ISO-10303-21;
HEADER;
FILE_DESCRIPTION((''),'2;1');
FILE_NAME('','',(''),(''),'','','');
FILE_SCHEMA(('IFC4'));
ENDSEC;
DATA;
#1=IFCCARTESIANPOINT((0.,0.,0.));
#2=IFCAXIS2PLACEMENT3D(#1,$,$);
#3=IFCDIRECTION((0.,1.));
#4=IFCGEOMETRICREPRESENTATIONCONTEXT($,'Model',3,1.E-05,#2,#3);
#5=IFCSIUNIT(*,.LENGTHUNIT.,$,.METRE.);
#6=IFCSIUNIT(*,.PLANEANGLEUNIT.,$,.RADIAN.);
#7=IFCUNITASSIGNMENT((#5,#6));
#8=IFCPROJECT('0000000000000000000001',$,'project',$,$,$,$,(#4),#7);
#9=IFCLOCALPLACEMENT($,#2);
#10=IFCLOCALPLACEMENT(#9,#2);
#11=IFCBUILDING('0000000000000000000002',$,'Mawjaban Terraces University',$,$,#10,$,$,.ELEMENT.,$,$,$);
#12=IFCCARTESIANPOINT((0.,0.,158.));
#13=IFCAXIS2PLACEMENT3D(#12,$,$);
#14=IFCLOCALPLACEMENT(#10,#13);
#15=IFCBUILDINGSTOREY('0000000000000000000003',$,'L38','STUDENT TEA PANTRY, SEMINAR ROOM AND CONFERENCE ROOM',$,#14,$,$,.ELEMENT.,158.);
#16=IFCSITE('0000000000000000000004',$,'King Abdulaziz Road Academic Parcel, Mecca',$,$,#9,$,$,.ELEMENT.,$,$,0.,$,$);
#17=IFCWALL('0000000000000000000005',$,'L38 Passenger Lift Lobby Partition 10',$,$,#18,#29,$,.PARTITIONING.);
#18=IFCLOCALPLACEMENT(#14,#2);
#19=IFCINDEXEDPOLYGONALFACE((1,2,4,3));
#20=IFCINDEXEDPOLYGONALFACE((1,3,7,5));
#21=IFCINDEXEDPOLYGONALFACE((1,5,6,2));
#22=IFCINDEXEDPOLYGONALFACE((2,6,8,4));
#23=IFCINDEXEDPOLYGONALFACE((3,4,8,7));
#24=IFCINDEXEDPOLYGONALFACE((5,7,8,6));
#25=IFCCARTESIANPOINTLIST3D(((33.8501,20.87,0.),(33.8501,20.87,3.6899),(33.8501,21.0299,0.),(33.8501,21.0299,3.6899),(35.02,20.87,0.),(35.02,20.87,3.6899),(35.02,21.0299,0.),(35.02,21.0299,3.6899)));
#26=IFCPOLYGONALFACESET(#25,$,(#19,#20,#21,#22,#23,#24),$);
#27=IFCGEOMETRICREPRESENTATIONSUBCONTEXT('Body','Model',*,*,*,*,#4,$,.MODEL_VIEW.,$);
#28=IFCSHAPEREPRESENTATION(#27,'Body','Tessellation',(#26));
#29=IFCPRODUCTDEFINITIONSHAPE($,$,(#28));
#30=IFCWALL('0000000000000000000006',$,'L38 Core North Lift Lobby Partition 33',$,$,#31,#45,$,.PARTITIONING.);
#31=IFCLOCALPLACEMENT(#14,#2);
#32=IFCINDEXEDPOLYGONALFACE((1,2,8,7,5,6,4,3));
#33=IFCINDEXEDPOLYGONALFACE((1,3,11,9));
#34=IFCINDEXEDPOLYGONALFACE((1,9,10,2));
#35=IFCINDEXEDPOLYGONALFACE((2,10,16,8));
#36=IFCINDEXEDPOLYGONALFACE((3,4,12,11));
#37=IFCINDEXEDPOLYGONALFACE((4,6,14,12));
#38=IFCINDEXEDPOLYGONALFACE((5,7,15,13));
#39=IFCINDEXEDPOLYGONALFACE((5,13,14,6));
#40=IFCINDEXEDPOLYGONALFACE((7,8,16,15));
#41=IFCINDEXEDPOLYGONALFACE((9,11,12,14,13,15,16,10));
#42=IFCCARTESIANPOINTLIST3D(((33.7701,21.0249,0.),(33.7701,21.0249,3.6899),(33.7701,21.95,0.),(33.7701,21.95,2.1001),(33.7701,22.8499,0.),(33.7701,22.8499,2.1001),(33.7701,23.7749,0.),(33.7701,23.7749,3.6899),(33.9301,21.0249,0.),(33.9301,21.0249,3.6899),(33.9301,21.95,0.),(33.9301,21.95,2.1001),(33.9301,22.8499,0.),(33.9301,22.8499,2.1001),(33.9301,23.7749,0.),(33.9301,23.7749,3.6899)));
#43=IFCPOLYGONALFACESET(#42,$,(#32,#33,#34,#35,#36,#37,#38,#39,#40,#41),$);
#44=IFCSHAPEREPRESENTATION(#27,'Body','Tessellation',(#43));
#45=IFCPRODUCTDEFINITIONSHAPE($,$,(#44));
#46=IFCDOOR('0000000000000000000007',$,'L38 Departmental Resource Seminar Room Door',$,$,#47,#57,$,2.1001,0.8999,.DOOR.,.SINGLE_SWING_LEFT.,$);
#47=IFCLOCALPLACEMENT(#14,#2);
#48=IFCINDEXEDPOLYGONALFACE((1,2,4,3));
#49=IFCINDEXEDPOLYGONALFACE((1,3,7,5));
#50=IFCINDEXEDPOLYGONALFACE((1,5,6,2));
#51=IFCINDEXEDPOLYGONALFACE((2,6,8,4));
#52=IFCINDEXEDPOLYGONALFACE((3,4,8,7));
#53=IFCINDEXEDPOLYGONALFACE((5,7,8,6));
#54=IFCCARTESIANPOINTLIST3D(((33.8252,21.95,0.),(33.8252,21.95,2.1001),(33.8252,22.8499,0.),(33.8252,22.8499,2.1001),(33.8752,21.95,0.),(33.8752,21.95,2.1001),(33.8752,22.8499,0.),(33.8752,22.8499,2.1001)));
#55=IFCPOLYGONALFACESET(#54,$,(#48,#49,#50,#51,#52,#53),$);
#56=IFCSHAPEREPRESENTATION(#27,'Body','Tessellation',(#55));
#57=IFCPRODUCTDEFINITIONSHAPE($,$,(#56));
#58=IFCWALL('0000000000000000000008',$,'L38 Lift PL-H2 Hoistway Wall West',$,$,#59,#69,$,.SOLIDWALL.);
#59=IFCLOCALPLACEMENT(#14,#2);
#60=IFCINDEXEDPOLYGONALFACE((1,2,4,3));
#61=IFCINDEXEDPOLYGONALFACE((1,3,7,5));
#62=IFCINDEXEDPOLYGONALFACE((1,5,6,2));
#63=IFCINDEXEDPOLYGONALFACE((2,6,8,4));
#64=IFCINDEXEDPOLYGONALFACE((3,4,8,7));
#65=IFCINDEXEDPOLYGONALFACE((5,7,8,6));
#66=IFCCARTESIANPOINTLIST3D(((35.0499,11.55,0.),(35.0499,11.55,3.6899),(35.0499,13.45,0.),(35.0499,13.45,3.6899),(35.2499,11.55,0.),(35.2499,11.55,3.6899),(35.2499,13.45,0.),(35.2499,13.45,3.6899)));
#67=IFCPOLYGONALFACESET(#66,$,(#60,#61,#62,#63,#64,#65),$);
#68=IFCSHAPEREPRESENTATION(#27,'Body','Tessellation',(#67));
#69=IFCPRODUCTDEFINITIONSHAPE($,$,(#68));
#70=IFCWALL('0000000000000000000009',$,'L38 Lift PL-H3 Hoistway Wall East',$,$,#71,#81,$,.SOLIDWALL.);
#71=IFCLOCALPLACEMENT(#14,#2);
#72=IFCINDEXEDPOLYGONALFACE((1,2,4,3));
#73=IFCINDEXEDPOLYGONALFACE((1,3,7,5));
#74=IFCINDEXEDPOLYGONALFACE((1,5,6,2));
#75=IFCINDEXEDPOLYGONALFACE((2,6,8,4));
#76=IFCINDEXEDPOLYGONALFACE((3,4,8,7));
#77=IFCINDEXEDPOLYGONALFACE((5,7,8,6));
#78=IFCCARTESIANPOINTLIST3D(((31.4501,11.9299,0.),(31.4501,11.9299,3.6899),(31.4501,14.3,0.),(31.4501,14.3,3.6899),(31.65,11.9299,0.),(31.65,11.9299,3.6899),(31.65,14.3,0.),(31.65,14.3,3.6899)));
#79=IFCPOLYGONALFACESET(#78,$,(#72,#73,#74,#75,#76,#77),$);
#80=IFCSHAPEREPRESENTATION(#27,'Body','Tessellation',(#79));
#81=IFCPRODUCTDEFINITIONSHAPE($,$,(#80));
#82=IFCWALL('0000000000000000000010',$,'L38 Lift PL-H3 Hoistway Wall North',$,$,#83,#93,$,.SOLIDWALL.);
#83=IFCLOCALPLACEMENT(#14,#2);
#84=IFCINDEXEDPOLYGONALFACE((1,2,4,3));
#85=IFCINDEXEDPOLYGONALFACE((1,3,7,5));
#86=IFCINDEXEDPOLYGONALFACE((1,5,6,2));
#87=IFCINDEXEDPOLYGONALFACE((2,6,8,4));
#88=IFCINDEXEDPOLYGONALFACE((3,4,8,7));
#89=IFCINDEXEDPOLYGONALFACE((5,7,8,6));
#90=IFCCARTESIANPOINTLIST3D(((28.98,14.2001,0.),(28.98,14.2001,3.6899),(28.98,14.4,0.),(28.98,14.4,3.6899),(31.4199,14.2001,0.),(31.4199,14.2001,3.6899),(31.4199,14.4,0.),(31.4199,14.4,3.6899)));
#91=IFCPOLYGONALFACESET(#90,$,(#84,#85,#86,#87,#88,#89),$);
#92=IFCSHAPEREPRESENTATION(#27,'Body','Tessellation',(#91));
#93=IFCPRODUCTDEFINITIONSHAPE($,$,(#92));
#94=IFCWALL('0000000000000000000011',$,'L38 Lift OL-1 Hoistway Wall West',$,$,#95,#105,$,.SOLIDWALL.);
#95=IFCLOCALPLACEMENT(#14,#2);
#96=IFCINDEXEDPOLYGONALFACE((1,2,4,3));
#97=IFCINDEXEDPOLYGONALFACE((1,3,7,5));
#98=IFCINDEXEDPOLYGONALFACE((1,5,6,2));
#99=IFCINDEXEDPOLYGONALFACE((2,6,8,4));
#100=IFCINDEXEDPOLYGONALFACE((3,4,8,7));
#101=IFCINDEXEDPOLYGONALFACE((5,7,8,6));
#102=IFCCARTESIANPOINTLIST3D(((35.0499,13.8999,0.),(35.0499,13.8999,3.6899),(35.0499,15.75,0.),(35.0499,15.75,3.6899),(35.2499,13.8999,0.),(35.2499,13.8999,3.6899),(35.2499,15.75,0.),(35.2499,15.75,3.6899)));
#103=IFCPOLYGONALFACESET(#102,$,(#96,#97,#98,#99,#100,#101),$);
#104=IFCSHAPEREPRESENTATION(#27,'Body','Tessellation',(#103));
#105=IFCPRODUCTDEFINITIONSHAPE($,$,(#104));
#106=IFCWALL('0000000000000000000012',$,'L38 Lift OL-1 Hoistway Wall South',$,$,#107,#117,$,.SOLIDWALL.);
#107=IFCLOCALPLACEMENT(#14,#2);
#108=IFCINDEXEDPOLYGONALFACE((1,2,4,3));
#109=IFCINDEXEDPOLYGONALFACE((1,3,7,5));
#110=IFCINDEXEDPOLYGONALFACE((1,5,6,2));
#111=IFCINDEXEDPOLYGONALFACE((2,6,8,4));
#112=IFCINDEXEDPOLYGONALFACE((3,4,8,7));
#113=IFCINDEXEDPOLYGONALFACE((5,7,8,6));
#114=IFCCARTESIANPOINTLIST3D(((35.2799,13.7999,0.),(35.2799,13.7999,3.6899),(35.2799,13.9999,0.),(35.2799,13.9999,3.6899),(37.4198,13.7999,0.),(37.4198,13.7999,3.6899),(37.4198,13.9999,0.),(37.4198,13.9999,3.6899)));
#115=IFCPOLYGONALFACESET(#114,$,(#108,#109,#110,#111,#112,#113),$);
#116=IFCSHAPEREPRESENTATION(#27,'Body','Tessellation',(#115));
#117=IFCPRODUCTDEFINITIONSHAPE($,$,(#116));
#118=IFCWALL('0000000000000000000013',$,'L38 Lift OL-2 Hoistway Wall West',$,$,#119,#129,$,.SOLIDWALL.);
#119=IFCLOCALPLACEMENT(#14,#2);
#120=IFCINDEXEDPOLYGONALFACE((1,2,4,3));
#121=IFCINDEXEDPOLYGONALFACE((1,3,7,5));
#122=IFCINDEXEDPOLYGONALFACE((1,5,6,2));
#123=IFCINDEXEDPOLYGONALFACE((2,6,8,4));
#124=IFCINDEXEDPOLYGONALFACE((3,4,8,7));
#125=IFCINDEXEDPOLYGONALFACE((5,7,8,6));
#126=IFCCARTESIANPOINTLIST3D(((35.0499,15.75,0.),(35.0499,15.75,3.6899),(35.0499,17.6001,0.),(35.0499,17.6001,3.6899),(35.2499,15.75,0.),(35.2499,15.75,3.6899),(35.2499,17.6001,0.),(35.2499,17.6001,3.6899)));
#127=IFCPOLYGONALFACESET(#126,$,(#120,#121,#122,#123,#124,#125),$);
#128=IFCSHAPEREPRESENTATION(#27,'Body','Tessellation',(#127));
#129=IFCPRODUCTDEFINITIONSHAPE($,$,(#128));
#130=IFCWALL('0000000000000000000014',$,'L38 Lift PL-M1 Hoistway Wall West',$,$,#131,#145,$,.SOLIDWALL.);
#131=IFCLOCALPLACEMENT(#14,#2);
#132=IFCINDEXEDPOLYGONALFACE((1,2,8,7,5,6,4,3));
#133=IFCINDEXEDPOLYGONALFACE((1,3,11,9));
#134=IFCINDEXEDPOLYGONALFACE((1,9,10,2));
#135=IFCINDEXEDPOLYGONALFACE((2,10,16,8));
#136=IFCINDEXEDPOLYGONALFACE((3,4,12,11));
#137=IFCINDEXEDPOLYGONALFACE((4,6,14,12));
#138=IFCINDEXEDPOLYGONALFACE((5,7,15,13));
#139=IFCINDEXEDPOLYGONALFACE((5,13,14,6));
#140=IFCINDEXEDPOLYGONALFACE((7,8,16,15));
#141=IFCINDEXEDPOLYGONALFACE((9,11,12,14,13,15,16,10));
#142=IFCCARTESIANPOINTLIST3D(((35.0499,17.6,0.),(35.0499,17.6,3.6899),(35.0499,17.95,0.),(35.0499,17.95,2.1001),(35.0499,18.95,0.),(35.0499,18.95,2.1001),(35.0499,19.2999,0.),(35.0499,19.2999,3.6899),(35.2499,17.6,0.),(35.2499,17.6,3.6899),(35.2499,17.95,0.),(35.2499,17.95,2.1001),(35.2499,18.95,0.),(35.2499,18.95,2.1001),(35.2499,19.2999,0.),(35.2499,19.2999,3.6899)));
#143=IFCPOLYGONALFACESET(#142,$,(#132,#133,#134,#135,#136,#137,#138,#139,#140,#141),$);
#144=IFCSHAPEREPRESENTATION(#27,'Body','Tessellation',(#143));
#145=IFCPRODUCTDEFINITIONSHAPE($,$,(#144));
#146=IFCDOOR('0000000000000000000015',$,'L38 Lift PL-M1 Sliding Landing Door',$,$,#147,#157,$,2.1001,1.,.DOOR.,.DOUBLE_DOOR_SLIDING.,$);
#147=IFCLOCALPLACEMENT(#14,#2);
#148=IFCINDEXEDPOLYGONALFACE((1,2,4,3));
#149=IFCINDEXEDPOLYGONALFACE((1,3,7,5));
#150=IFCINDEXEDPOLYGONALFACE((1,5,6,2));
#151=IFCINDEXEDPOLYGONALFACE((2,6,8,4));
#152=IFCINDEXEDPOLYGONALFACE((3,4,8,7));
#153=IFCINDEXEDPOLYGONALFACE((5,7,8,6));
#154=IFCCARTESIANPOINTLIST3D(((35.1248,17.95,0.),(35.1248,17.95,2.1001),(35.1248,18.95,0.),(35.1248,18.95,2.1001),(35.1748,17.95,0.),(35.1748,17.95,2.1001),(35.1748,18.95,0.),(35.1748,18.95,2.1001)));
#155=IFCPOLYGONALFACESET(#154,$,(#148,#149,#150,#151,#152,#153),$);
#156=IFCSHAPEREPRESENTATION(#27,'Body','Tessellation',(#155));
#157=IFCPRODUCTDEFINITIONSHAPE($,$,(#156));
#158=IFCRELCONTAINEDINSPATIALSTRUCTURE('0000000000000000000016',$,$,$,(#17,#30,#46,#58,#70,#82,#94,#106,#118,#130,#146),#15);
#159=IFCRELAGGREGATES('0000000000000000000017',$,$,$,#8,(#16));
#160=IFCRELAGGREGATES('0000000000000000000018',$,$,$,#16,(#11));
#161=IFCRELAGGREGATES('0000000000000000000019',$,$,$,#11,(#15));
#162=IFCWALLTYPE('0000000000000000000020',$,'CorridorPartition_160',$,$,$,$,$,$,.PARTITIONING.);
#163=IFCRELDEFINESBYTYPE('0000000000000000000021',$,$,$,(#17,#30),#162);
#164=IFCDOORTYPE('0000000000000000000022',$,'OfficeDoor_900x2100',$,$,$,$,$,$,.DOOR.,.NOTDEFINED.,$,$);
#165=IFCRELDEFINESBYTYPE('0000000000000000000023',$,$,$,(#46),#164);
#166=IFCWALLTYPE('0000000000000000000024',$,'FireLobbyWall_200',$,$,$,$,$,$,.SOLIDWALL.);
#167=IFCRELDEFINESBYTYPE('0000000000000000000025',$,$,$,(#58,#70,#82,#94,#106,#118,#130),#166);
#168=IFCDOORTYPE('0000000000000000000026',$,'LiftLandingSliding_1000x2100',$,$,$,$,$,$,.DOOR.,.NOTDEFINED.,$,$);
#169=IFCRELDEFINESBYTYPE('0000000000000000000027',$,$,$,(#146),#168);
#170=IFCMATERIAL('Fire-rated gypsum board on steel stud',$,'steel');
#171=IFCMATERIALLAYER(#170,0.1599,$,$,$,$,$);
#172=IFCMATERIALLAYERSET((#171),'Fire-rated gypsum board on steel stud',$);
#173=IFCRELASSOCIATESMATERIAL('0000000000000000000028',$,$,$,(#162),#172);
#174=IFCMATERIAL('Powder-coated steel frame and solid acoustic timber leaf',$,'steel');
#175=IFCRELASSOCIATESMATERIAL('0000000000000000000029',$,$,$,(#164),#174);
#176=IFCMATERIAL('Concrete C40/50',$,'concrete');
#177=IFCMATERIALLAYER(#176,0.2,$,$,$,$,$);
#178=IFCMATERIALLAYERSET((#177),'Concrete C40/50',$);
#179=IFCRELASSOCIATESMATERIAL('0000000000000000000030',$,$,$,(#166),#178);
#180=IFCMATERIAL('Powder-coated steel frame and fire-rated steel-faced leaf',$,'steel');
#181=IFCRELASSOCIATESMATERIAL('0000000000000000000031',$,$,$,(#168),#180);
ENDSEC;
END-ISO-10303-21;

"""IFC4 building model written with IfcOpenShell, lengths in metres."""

from ifc_helpers import new_model, si_unit, direction, frame, frame_2d, origin, place, context, subcontext, project, spatial, rectangle, extrude, material, layer, layer_set, type_object, element, fill, save


model = new_model("IFC4")

# Units and contexts
model_context = context("Model", 3, precision=1e-05, world=origin(), true_north=direction((0.0, 1.0)))
body_context = subcontext(model_context, "Body", "Model", "MODEL_VIEW")
ifc_project = project(units=[si_unit("LENGTHUNIT", "METRE"), si_unit("PLANEANGLEUNIT", "RADIAN")], contexts=[model_context])

# Site, building, storey
site_placement = place(None, origin())
site = spatial("IfcSite", under=ifc_project, at=site_placement, Name="King Abdulaziz Road Academic Parcel, Mecca", CompositionType="ELEMENT", RefElevation=0.0)
building_placement = place(site_placement, origin())
building = spatial("IfcBuilding", under=site, at=building_placement, Name="Mawjaban Terraces University", CompositionType="ELEMENT")
storey_placement = place(building_placement, frame((0.0, 0.0, 158.0)))
storey = spatial("IfcBuildingStorey", under=building, at=storey_placement, Name="L38", Description="STUDENT TEA PANTRY, SEMINAR ROOM AND CONFERENCE ROOM", CompositionType="ELEMENT", Elevation=158.0)

# Wall
ifc_material_1 = material(Name="Fire-rated gypsum board on steel stud", Category="steel")
ifc_layer_1 = layer(ifc_material_1, 0.1599)
ifc_layer_set_1 = layer_set([ifc_layer_1], Name="Fire-rated gypsum board on steel stud")
wall_type_1 = type_object("IfcWallType", Name="CorridorPartition_160", PredefinedType="PARTITIONING", material=ifc_layer_set_1)
wall_1_placement = place(storey_placement, frame((35.02, 20.95, 0.0), z_axis=(0.0, 0.0, 1.0), x_axis=(-1.0, 0.0, 0.0)))
element("IfcWall", 1, at=wall_1_placement, inside=storey, type_object=wall_type_1, Name="L38 Passenger Lift Lobby Partition 10", PredefinedType="PARTITIONING", context=body_context, shape_type="SweptSolid", body=[
    extrude(rectangle(XDim=1.1699, YDim=0.1599, at=frame_2d((0.585, 0.0))), origin(), (0.0, 0.0, 1.0), 3.6899),
])

# Wall, opening, door
wall_2_placement = place(storey_placement, frame((33.8501, 21.0249, 0.0), z_axis=(0.0, 0.0, 1.0), x_axis=(0.0, 1.0, 0.0)))
wall_2 = element("IfcWall", 2, at=wall_2_placement, inside=storey, type_object=wall_type_1, Name="L38 Core North Lift Lobby Partition 33", PredefinedType="PARTITIONING", context=body_context, shape_type="SweptSolid", body=[
    extrude(rectangle(XDim=2.75, YDim=0.1599, at=frame_2d((1.375, 0.0))), origin(), (0.0, 0.0, 1.0), 3.6899),
])
opening_1_placement = place(wall_2_placement, frame((0.925, 0.0, 0.0)))
opening_1 = element("IfcOpeningElement", 3, at=opening_1_placement, cuts=wall_2, PredefinedType="OPENING", context=body_context, shape_type="SweptSolid", body=[
    extrude(rectangle(XDim=0.8999, YDim=2.1001, at=frame_2d((0.45, 1.05))), frame((0.0, 0.0898, 0.0), z_axis=(0.0, -1.0, 0.0), x_axis=(1.0, 0.0, 0.0)), (0.0, 0.0, 1.0), 0.1799),
])
ifc_material_2 = material(Name="Powder-coated steel frame and solid acoustic timber leaf", Category="steel")
door_type_1 = type_object("IfcDoorType", Name="OfficeDoor_900x2100", OperationType="NOTDEFINED", PredefinedType="DOOR", material=ifc_material_2)
door_1_placement = place(opening_1_placement, origin())
door_1 = element("IfcDoor", 4, at=door_1_placement, inside=storey, type_object=door_type_1, Name="L38 Departmental Resource Seminar Room Door", OperationType="SINGLE_SWING_LEFT", OverallHeight=2.1001, OverallWidth=0.8999, PredefinedType="DOOR", context=body_context, shape_type="SweptSolid", body=[
    extrude(rectangle(XDim=0.8999, YDim=2.1001, at=frame_2d((0.45, 1.05))), frame((0.0, 0.0249, 0.0), z_axis=(0.0, -1.0, 0.0), x_axis=(1.0, 0.0, 0.0)), (0.0, 0.0, 1.0), 0.05),
])
fill(opening_1, door_1)

# Walls
ifc_material_3 = material(Name="Concrete C40/50", Category="concrete")
ifc_layer_2 = layer(ifc_material_3, 0.2)
ifc_layer_set_2 = layer_set([ifc_layer_2], Name="Concrete C40/50")
wall_type_2 = type_object("IfcWallType", Name="FireLobbyWall_200", PredefinedType="SOLIDWALL", material=ifc_layer_set_2)
wall_3_placement = place(storey_placement, frame((35.1499, 13.45, 0.0), z_axis=(0.0, 0.0, 1.0), x_axis=(0.0, -1.0, 0.0)))
element("IfcWall", 5, at=wall_3_placement, inside=storey, type_object=wall_type_2, Name="L38 Lift PL-H2 Hoistway Wall West", PredefinedType="SOLIDWALL", context=body_context, shape_type="SweptSolid", body=[
    extrude(rectangle(XDim=1.8999, YDim=0.2, at=frame_2d((0.95, 0.0))), origin(), (0.0, 0.0, 1.0), 3.6899),
])
wall_4_placement = place(storey_placement, frame((31.55, 11.9299, 0.0), z_axis=(0.0, 0.0, 1.0), x_axis=(0.0, 1.0, 0.0)))
element("IfcWall", 6, at=wall_4_placement, inside=storey, type_object=wall_type_2, Name="L38 Lift PL-H3 Hoistway Wall East", PredefinedType="SOLIDWALL", context=body_context, shape_type="SweptSolid", body=[
    extrude(rectangle(XDim=2.3701, YDim=0.2, at=frame_2d((1.1851, 0.0))), origin(), (0.0, 0.0, 1.0), 3.6899),
])
wall_5_placement = place(storey_placement, frame((31.4199, 14.3, 0.0), z_axis=(0.0, 0.0, 1.0), x_axis=(-1.0, 0.0, 0.0)))
element("IfcWall", 7, at=wall_5_placement, inside=storey, type_object=wall_type_2, Name="L38 Lift PL-H3 Hoistway Wall North", PredefinedType="SOLIDWALL", context=body_context, shape_type="SweptSolid", body=[
    extrude(rectangle(XDim=2.4399, YDim=0.2, at=frame_2d((1.22, 0.0))), origin(), (0.0, 0.0, 1.0), 3.6899),
])
wall_6_placement = place(storey_placement, frame((35.1499, 15.75, 0.0), z_axis=(0.0, 0.0, 1.0), x_axis=(0.0, -1.0, 0.0)))
element("IfcWall", 8, at=wall_6_placement, inside=storey, type_object=wall_type_2, Name="L38 Lift OL-1 Hoistway Wall West", PredefinedType="SOLIDWALL", context=body_context, shape_type="SweptSolid", body=[
    extrude(rectangle(XDim=1.8501, YDim=0.2, at=frame_2d((0.925, 0.0))), origin(), (0.0, 0.0, 1.0), 3.6899),
])
wall_7_placement = place(storey_placement, frame((35.28, 13.8999, 0.0), z_axis=(0.0, 0.0, 1.0), x_axis=(1.0, 0.0, 0.0)))
element("IfcWall", 9, at=wall_7_placement, inside=storey, type_object=wall_type_2, Name="L38 Lift OL-1 Hoistway Wall South", PredefinedType="SOLIDWALL", context=body_context, shape_type="SweptSolid", body=[
    extrude(rectangle(XDim=2.1399, YDim=0.2, at=frame_2d((1.0698, 0.0))), origin(), (0.0, 0.0, 1.0), 3.6899),
])
wall_8_placement = place(storey_placement, frame((35.1499, 17.6001, 0.0), z_axis=(0.0, 0.0, 1.0), x_axis=(0.0, -1.0, 0.0)))
element("IfcWall", 10, at=wall_8_placement, inside=storey, type_object=wall_type_2, Name="L38 Lift OL-2 Hoistway Wall West", PredefinedType="SOLIDWALL", context=body_context, shape_type="SweptSolid", body=[
    extrude(rectangle(XDim=1.8501, YDim=0.2, at=frame_2d((0.925, 0.0))), origin(), (0.0, 0.0, 1.0), 3.6899),
])

# Wall, opening, door
wall_9_placement = place(storey_placement, frame((35.1499, 19.3, 0.0), z_axis=(0.0, 0.0, 1.0), x_axis=(0.0, -1.0, 0.0)))
wall_9 = element("IfcWall", 11, at=wall_9_placement, inside=storey, type_object=wall_type_2, Name="L38 Lift PL-M1 Hoistway Wall West", PredefinedType="SOLIDWALL", context=body_context, shape_type="SweptSolid", body=[
    extrude(rectangle(XDim=1.7, YDim=0.2, at=frame_2d((0.8501, 0.0))), origin(), (0.0, 0.0, 1.0), 3.6899),
])
opening_2_placement = place(wall_9_placement, frame((0.3501, 0.0, 0.0)))
opening_2 = element("IfcOpeningElement", 12, at=opening_2_placement, cuts=wall_9, PredefinedType="OPENING", context=body_context, shape_type="SweptSolid", body=[
    extrude(rectangle(XDim=1.0, YDim=2.1001, at=frame_2d((0.5, 1.05))), frame((0.0, 0.1099, 0.0), z_axis=(0.0, -1.0, 0.0), x_axis=(1.0, 0.0, 0.0)), (0.0, 0.0, 1.0), 0.22),
])
ifc_material_4 = material(Name="Powder-coated steel frame and fire-rated steel-faced leaf", Category="steel")
door_type_2 = type_object("IfcDoorType", Name="LiftLandingSliding_1000x2100", OperationType="NOTDEFINED", PredefinedType="DOOR", material=ifc_material_4)
door_2_placement = place(opening_2_placement, origin())
door_2 = element("IfcDoor", 13, at=door_2_placement, inside=storey, type_object=door_type_2, Name="L38 Lift PL-M1 Sliding Landing Door", OperationType="DOUBLE_DOOR_SLIDING", OverallHeight=2.1001, OverallWidth=1.0, PredefinedType="DOOR", context=body_context, shape_type="SweptSolid", body=[
    extrude(rectangle(XDim=1.0, YDim=2.1001, at=frame_2d((0.5, 1.05))), frame((0.0, 0.0249, 0.0), z_axis=(0.0, -1.0, 0.0), x_axis=(1.0, 0.0, 0.0)), (0.0, 0.0, 1.0), 0.05),
])
fill(opening_2, door_2)

save(model, "model.ifc")
